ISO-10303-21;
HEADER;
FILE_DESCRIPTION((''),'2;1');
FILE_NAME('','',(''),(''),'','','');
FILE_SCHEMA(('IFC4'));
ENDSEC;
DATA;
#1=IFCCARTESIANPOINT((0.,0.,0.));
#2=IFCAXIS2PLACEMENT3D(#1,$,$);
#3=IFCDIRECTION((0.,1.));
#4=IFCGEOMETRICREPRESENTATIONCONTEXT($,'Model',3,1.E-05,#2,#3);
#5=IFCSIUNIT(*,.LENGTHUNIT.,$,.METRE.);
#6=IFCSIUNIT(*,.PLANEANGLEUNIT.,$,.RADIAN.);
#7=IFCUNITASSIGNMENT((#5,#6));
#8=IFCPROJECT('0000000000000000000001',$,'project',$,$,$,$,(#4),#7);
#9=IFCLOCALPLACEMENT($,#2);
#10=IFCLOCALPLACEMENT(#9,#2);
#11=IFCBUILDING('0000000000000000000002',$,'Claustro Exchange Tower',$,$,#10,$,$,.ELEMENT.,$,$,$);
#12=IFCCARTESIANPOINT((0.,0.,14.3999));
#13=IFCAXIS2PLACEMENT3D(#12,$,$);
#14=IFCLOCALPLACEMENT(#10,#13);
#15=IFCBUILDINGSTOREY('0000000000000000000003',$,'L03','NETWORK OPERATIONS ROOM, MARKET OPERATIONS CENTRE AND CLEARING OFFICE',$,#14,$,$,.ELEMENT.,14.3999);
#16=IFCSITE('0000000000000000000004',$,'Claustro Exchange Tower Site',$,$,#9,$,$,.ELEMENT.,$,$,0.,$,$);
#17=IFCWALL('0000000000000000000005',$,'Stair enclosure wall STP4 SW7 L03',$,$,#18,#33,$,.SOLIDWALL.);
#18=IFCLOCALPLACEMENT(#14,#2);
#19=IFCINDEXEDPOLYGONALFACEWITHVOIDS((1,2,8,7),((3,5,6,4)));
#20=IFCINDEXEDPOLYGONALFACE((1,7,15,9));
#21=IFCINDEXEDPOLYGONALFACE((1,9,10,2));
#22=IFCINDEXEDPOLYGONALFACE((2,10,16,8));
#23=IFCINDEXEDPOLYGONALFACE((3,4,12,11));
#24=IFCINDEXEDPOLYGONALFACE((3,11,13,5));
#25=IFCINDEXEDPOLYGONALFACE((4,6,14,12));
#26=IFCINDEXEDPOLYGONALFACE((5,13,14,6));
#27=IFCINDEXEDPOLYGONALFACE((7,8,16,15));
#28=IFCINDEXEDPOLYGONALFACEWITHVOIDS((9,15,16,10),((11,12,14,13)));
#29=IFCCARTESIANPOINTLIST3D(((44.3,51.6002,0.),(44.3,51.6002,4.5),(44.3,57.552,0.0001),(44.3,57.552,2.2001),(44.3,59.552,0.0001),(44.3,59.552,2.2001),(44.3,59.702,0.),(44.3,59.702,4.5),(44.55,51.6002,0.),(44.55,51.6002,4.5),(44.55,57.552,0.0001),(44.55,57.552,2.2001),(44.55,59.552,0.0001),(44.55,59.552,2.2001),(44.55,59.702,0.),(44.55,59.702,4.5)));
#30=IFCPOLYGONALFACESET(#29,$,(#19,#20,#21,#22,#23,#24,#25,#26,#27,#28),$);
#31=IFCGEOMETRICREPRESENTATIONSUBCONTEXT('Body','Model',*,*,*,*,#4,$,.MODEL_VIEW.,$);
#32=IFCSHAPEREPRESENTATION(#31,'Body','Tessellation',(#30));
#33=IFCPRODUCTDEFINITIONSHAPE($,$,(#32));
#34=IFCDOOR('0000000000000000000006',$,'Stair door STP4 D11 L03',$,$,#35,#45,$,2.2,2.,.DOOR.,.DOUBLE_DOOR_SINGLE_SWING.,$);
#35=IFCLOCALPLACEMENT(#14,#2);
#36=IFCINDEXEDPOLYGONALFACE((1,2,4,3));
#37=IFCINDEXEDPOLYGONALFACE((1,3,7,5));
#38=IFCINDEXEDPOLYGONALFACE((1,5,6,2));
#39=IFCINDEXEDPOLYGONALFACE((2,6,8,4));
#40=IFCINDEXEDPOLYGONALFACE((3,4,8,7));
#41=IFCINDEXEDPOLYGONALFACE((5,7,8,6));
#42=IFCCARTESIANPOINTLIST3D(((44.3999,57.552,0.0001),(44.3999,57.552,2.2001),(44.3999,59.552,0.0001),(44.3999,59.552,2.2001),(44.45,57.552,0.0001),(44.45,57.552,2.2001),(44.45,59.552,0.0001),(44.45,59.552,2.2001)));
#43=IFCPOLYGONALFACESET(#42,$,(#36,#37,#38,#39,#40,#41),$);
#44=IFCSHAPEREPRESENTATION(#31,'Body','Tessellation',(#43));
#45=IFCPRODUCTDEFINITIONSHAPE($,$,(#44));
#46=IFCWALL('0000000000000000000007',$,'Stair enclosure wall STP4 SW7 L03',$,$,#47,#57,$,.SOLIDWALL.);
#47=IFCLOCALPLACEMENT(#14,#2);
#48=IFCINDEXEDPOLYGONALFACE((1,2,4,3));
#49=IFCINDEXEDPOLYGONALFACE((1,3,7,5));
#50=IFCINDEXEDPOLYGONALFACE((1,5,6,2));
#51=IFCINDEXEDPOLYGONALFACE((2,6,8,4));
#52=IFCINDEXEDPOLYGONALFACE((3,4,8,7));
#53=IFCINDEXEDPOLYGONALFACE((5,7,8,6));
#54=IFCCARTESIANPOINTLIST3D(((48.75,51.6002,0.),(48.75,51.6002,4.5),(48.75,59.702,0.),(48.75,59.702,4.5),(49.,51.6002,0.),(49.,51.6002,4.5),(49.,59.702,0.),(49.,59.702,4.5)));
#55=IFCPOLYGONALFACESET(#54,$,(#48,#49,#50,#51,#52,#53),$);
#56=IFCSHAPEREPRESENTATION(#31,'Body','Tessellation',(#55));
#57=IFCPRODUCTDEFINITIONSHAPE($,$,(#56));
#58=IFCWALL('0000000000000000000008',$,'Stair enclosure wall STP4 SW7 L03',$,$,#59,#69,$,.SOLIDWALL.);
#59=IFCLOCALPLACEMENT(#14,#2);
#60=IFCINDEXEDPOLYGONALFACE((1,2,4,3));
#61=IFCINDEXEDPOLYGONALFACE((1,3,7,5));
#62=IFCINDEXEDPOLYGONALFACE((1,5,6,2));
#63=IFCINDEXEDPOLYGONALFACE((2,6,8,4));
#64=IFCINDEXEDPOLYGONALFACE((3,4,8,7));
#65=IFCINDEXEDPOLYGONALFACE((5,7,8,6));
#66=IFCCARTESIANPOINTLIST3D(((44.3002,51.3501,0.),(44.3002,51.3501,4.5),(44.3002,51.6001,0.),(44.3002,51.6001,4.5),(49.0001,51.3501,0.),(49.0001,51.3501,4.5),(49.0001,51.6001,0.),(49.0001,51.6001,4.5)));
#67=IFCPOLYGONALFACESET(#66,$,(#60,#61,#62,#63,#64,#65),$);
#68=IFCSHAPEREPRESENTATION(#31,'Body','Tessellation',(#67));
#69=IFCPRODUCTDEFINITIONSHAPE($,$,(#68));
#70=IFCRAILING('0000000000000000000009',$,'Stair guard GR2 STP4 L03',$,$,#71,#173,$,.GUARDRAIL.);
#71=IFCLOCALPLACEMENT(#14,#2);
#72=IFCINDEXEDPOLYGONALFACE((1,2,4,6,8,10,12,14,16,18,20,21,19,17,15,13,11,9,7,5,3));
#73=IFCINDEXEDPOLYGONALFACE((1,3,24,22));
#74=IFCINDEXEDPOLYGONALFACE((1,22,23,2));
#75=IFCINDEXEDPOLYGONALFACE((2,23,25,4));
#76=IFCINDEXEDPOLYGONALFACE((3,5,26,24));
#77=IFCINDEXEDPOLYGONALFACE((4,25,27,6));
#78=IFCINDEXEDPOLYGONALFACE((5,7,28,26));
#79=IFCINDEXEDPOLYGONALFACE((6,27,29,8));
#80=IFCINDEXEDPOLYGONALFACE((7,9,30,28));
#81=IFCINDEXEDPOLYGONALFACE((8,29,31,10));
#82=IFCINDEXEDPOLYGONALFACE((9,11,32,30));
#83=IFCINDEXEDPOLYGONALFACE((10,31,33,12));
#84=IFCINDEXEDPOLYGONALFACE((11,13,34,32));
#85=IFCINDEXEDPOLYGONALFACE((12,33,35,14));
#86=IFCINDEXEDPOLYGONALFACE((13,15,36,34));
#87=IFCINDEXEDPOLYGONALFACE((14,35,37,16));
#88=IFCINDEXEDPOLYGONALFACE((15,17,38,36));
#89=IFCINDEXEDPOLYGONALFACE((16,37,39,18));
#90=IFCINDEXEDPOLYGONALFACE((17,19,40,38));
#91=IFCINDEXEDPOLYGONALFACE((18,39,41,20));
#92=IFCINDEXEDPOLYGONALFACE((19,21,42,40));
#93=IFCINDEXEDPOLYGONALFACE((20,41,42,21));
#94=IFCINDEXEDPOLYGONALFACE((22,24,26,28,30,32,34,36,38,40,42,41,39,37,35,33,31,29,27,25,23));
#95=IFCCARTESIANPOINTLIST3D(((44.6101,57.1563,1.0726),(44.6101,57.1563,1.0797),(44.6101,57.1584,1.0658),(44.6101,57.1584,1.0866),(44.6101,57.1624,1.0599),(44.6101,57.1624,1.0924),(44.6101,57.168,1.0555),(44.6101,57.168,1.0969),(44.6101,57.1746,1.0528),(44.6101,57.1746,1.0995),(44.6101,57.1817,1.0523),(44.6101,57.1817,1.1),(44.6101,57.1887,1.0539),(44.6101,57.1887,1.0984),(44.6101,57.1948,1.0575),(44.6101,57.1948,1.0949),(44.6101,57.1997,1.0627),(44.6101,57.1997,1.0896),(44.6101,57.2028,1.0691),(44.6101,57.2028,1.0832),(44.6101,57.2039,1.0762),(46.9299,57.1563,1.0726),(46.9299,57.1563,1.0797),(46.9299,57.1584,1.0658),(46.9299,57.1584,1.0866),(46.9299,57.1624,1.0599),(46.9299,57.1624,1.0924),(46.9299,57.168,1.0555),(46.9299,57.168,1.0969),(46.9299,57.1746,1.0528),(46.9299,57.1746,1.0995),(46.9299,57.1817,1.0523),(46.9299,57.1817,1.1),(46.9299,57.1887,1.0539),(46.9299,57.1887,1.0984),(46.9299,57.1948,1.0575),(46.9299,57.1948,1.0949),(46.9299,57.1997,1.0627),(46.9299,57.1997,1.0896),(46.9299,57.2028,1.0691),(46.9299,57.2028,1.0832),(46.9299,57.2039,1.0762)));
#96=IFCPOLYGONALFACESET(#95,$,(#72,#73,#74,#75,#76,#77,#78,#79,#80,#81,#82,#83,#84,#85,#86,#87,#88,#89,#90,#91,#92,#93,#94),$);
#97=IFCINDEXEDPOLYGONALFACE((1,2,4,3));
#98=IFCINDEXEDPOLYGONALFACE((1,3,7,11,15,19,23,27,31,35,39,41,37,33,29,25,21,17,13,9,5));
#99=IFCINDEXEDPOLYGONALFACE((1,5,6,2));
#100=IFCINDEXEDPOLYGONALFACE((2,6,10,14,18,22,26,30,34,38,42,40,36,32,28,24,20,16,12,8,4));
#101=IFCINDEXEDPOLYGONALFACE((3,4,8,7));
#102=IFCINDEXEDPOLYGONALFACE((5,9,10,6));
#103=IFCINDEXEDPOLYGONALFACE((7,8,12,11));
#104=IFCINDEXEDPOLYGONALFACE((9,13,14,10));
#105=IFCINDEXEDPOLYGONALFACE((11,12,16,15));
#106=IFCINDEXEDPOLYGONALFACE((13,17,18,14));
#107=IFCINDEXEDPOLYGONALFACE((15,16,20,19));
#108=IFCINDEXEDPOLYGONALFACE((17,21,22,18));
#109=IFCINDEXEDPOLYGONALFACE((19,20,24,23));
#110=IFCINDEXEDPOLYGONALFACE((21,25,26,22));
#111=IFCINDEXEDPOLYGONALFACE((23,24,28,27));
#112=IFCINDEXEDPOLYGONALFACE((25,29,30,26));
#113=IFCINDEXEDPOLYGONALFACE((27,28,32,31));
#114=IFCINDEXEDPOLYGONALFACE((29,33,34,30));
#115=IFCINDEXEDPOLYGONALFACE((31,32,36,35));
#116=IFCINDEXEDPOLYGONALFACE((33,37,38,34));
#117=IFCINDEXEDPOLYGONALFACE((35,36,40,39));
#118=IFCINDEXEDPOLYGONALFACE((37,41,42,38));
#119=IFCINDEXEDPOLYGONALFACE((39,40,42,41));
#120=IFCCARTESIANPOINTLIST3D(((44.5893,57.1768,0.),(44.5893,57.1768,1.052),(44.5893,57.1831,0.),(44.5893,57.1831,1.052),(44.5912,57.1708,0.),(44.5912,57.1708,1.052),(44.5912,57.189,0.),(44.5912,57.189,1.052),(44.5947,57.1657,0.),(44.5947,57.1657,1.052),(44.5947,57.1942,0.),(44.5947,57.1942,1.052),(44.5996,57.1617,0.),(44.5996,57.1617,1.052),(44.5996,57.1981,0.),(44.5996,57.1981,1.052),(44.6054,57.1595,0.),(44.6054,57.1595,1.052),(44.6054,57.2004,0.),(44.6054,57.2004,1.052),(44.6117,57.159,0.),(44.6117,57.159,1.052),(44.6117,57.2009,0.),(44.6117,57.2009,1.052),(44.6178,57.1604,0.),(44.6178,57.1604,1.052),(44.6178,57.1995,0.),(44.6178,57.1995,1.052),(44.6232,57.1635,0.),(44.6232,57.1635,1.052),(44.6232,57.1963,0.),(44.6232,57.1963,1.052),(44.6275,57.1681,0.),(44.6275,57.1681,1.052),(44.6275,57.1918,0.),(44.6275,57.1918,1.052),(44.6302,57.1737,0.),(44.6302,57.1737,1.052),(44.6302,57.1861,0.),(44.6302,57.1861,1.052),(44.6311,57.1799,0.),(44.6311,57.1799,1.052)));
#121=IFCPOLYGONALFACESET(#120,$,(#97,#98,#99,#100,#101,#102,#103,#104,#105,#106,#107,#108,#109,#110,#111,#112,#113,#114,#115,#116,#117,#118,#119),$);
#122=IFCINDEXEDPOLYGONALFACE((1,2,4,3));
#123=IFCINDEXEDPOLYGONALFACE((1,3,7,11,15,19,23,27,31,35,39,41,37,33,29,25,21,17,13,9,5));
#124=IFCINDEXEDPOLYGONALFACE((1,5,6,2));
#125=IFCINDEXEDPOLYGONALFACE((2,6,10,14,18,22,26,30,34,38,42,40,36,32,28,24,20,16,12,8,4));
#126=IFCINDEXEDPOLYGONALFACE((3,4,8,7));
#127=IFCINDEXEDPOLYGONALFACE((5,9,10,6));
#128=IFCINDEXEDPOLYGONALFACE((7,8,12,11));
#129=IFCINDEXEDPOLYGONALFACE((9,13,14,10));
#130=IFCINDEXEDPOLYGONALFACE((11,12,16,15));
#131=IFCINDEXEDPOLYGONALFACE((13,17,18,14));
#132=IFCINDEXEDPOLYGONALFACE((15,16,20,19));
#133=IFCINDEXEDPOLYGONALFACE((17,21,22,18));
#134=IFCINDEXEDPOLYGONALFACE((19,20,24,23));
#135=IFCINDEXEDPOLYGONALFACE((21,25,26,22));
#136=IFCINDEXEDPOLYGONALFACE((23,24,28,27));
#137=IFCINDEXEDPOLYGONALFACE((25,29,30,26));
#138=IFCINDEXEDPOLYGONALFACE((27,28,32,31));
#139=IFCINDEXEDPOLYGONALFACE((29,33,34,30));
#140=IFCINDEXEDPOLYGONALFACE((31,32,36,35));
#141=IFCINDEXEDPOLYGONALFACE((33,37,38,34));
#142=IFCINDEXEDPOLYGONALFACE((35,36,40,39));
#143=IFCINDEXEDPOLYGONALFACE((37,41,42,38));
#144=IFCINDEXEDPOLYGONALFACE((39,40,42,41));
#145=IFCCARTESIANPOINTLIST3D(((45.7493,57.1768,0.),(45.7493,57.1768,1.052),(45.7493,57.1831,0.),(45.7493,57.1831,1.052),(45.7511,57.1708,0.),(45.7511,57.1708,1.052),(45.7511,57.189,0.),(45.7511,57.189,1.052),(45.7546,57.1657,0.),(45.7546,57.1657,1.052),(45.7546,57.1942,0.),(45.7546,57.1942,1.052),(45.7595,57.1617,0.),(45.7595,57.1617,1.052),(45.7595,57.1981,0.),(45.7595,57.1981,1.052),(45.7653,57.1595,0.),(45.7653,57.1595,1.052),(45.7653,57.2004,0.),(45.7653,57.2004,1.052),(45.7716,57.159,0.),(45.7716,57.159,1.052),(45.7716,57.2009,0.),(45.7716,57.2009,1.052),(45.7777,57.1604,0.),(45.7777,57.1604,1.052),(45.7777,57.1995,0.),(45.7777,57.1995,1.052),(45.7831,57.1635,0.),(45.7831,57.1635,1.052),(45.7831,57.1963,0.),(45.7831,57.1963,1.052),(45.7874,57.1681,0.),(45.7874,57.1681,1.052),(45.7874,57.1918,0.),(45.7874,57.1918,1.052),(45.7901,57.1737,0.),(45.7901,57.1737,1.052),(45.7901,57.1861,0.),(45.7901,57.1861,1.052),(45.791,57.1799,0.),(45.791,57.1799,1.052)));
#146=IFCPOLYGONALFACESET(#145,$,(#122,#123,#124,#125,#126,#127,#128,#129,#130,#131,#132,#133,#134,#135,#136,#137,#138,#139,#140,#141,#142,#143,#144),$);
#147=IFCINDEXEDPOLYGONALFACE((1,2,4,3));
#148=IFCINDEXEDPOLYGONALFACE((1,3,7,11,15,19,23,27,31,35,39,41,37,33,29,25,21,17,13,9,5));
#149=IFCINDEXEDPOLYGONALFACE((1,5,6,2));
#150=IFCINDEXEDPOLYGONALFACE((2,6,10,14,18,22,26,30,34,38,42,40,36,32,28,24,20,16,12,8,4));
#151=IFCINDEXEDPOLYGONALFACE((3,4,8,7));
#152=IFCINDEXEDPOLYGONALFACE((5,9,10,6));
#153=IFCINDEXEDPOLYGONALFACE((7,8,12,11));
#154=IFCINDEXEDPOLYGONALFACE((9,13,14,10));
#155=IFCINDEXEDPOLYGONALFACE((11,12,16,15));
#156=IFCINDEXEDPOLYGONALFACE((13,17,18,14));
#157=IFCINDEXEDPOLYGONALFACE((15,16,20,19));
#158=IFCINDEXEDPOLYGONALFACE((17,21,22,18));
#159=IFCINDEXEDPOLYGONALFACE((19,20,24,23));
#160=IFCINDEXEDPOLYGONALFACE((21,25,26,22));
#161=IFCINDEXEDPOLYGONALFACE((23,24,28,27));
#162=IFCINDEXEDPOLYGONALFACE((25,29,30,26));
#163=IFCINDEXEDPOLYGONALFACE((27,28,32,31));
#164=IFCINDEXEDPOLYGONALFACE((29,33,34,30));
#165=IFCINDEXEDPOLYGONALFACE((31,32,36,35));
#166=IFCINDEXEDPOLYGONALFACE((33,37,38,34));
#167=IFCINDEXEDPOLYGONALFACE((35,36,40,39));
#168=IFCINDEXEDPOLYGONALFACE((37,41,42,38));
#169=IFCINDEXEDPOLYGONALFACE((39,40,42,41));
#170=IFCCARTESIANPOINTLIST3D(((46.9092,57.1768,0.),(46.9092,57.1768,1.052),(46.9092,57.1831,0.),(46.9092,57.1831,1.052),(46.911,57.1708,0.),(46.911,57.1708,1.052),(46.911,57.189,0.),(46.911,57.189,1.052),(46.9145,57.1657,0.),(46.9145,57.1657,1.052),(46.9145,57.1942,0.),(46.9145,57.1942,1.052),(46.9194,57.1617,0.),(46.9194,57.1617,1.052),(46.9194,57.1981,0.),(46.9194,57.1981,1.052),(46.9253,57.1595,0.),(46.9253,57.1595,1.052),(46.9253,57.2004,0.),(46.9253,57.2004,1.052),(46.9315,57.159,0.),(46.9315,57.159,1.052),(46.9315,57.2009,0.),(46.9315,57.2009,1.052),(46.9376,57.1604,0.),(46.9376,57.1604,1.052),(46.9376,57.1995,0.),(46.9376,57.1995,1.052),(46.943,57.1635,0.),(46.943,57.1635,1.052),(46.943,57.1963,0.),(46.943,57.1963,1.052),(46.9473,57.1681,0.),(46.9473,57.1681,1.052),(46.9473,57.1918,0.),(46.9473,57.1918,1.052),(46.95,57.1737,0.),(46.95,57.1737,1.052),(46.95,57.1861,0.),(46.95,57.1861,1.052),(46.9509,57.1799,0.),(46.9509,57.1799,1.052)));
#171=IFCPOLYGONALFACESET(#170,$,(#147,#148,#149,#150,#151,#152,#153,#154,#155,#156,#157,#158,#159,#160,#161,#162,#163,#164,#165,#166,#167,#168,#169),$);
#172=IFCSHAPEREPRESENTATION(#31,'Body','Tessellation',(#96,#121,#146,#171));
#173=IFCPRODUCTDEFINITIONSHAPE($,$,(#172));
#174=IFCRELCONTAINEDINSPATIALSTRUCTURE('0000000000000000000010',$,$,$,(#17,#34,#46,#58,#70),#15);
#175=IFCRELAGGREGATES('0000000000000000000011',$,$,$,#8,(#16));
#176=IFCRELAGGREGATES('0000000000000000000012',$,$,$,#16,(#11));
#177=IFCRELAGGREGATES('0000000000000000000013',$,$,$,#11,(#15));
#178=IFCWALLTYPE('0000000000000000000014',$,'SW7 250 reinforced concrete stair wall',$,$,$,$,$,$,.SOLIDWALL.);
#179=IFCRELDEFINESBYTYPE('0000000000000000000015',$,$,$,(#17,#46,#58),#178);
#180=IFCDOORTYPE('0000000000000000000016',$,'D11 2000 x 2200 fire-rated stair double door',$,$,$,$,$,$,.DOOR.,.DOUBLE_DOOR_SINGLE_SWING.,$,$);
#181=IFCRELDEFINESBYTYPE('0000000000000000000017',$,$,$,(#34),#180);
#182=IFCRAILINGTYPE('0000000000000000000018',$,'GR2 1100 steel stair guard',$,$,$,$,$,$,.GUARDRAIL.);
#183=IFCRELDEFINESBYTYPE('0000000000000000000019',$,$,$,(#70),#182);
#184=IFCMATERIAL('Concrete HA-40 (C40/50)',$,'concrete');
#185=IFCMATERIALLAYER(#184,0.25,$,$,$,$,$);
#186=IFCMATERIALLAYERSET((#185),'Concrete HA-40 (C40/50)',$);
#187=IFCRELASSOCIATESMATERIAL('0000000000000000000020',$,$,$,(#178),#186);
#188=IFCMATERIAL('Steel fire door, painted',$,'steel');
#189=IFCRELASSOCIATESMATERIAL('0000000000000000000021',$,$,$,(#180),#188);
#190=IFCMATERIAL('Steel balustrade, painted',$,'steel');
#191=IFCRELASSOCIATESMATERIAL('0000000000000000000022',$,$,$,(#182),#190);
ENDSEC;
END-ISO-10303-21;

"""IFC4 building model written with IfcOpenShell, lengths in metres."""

from ifc_helpers import new_model, si_unit, direction, frame, frame_2d, origin, origin_2d, place, context, subcontext, project, spatial, rectangle, circle, extrude, material, layer, layer_set, type_object, element, fill, save


model = new_model("IFC4")

# Units and contexts
model_context = context("Model", 3, precision=1e-05, world=origin(), true_north=direction((0.0, 1.0)))
body_context = subcontext(model_context, "Body", "Model", "MODEL_VIEW")
ifc_project = project(units=[si_unit("LENGTHUNIT", "METRE"), si_unit("PLANEANGLEUNIT", "RADIAN")], contexts=[model_context])

# Site, building, storey
site_placement = place(None, origin())
site = spatial("IfcSite", under=ifc_project, at=site_placement, Name="Claustro Exchange Tower Site", CompositionType="ELEMENT", RefElevation=0.0)
building_placement = place(site_placement, origin())
building = spatial("IfcBuilding", under=site, at=building_placement, Name="Claustro Exchange Tower", CompositionType="ELEMENT")
storey_placement = place(building_placement, frame((0.0, 0.0, 14.3999)))
storey = spatial("IfcBuildingStorey", under=building, at=storey_placement, Name="L03", Description="NETWORK OPERATIONS ROOM, MARKET OPERATIONS CENTRE AND CLEARING OFFICE", CompositionType="ELEMENT", Elevation=14.3999)

# Wall, opening, door
ifc_material_1 = material(Name="Concrete HA-40 (C40/50)", Category="concrete")
ifc_layer_1 = layer(ifc_material_1, 0.25)
ifc_layer_set_1 = layer_set([ifc_layer_1], Name="Concrete HA-40 (C40/50)")
wall_type_1 = type_object("IfcWallType", Name="SW7 250 reinforced concrete stair wall", PredefinedType="SOLIDWALL", material=ifc_layer_set_1)
wall_1_placement = place(storey_placement, frame((44.425, 59.7019, 0.0), z_axis=(0.0, 0.0, 1.0), x_axis=(0.0, -1.0, 0.0)))
wall_1 = element("IfcWall", 1, at=wall_1_placement, inside=storey, type_object=wall_type_1, Name="Stair enclosure wall STP4 SW7 L03", PredefinedType="SOLIDWALL", context=body_context, shape_type="SweptSolid", body=[
    extrude(rectangle(XDim=8.1018, YDim=0.25, at=frame_2d((4.0508, 0.0))), origin(), (0.0, 0.0, 1.0), 4.5),
])
opening_placement = place(wall_1_placement, frame((0.1499, 0.0, 0.0)))
opening = element("IfcOpeningElement", 2, at=opening_placement, cuts=wall_1, PredefinedType="OPENING", context=body_context, shape_type="SweptSolid", body=[
    extrude(rectangle(XDim=2.0, YDim=2.2, at=frame_2d((1.0, 1.1001))), frame((0.0, 0.135, 0.0), z_axis=(0.0, -1.0, 0.0), x_axis=(1.0, 0.0, 0.0)), (0.0, 0.0, 1.0), 0.27),
])
ifc_material_2 = material(Name="Steel fire door, painted", Category="steel")
door_type = type_object("IfcDoorType", Name="D11 2000 x 2200 fire-rated stair double door", OperationType="DOUBLE_DOOR_SINGLE_SWING", PredefinedType="DOOR", material=ifc_material_2)
door_placement = place(opening_placement, origin())
door = element("IfcDoor", 3, at=door_placement, inside=storey, type_object=door_type, Name="Stair door STP4 D11 L03", OperationType="DOUBLE_DOOR_SINGLE_SWING", OverallHeight=2.2, OverallWidth=2.0, PredefinedType="DOOR", context=body_context, shape_type="SweptSolid", body=[
    extrude(rectangle(XDim=2.0, YDim=2.2, at=frame_2d((1.0, 1.1001))), frame((0.0, 0.0249, 0.0), z_axis=(0.0, -1.0, 0.0), x_axis=(1.0, 0.0, 0.0)), (0.0, 0.0, 1.0), 0.05),
])
fill(opening, door)

# Walls
wall_2_placement = place(storey_placement, frame((48.875, 59.7019, 0.0), z_axis=(0.0, 0.0, 1.0), x_axis=(0.0, -1.0, 0.0)))
element("IfcWall", 4, at=wall_2_placement, inside=storey, type_object=wall_type_1, Name="Stair enclosure wall STP4 SW7 L03", PredefinedType="SOLIDWALL", context=body_context, shape_type="SweptSolid", body=[
    extrude(rectangle(XDim=8.1018, YDim=0.25, at=frame_2d((4.0508, 0.0))), origin(), (0.0, 0.0, 1.0), 4.5),
])
wall_3_placement = place(storey_placement, frame((44.3, 51.4751, 0.0), z_axis=(0.0, 0.0, 1.0), x_axis=(1.0, 0.0, 0.0)))
element("IfcWall", 5, at=wall_3_placement, inside=storey, type_object=wall_type_1, Name="Stair enclosure wall STP4 SW7 L03", PredefinedType="SOLIDWALL", context=body_context, shape_type="SweptSolid", body=[
    extrude(rectangle(XDim=4.7, YDim=0.25, at=frame_2d((2.3501, 0.0))), origin(), (0.0, 0.0, 1.0), 4.5),
])

# Railing
ifc_material_3 = material(Name="Steel balustrade, painted", Category="steel")
railing_type = type_object("IfcRailingType", Name="GR2 1100 steel stair guard", PredefinedType="GUARDRAIL", material=ifc_material_3)
railing_placement = place(storey_placement, frame((44.6101, 57.1799, 0.0)))
element("IfcRailing", 6, at=railing_placement, inside=storey, type_object=railing_type, Name="Stair guard GR2 STP4 L03", PredefinedType="GUARDRAIL", context=body_context, shape_type="SweptSolid", body=[
    extrude(circle(Radius=0.0239, at=origin_2d()), frame((0.0, 0.0, 1.0762), z_axis=(1.0, 0.0, 0.0), x_axis=(0.0, 1.0, 0.0)), (0.0, 0.0, 1.0), 2.3198),
    extrude(circle(Radius=0.021, at=origin_2d()), origin(), (0.0, 0.0, 1.0), 1.052),
    extrude(circle(Radius=0.021, at=origin_2d()), frame((1.1599, 0.0, 0.0)), (0.0, 0.0, 1.0), 1.052),
    extrude(circle(Radius=0.021, at=origin_2d()), frame((2.3198, 0.0, 0.0)), (0.0, 0.0, 1.0), 1.052),
])

save(model, "model.ifc")
